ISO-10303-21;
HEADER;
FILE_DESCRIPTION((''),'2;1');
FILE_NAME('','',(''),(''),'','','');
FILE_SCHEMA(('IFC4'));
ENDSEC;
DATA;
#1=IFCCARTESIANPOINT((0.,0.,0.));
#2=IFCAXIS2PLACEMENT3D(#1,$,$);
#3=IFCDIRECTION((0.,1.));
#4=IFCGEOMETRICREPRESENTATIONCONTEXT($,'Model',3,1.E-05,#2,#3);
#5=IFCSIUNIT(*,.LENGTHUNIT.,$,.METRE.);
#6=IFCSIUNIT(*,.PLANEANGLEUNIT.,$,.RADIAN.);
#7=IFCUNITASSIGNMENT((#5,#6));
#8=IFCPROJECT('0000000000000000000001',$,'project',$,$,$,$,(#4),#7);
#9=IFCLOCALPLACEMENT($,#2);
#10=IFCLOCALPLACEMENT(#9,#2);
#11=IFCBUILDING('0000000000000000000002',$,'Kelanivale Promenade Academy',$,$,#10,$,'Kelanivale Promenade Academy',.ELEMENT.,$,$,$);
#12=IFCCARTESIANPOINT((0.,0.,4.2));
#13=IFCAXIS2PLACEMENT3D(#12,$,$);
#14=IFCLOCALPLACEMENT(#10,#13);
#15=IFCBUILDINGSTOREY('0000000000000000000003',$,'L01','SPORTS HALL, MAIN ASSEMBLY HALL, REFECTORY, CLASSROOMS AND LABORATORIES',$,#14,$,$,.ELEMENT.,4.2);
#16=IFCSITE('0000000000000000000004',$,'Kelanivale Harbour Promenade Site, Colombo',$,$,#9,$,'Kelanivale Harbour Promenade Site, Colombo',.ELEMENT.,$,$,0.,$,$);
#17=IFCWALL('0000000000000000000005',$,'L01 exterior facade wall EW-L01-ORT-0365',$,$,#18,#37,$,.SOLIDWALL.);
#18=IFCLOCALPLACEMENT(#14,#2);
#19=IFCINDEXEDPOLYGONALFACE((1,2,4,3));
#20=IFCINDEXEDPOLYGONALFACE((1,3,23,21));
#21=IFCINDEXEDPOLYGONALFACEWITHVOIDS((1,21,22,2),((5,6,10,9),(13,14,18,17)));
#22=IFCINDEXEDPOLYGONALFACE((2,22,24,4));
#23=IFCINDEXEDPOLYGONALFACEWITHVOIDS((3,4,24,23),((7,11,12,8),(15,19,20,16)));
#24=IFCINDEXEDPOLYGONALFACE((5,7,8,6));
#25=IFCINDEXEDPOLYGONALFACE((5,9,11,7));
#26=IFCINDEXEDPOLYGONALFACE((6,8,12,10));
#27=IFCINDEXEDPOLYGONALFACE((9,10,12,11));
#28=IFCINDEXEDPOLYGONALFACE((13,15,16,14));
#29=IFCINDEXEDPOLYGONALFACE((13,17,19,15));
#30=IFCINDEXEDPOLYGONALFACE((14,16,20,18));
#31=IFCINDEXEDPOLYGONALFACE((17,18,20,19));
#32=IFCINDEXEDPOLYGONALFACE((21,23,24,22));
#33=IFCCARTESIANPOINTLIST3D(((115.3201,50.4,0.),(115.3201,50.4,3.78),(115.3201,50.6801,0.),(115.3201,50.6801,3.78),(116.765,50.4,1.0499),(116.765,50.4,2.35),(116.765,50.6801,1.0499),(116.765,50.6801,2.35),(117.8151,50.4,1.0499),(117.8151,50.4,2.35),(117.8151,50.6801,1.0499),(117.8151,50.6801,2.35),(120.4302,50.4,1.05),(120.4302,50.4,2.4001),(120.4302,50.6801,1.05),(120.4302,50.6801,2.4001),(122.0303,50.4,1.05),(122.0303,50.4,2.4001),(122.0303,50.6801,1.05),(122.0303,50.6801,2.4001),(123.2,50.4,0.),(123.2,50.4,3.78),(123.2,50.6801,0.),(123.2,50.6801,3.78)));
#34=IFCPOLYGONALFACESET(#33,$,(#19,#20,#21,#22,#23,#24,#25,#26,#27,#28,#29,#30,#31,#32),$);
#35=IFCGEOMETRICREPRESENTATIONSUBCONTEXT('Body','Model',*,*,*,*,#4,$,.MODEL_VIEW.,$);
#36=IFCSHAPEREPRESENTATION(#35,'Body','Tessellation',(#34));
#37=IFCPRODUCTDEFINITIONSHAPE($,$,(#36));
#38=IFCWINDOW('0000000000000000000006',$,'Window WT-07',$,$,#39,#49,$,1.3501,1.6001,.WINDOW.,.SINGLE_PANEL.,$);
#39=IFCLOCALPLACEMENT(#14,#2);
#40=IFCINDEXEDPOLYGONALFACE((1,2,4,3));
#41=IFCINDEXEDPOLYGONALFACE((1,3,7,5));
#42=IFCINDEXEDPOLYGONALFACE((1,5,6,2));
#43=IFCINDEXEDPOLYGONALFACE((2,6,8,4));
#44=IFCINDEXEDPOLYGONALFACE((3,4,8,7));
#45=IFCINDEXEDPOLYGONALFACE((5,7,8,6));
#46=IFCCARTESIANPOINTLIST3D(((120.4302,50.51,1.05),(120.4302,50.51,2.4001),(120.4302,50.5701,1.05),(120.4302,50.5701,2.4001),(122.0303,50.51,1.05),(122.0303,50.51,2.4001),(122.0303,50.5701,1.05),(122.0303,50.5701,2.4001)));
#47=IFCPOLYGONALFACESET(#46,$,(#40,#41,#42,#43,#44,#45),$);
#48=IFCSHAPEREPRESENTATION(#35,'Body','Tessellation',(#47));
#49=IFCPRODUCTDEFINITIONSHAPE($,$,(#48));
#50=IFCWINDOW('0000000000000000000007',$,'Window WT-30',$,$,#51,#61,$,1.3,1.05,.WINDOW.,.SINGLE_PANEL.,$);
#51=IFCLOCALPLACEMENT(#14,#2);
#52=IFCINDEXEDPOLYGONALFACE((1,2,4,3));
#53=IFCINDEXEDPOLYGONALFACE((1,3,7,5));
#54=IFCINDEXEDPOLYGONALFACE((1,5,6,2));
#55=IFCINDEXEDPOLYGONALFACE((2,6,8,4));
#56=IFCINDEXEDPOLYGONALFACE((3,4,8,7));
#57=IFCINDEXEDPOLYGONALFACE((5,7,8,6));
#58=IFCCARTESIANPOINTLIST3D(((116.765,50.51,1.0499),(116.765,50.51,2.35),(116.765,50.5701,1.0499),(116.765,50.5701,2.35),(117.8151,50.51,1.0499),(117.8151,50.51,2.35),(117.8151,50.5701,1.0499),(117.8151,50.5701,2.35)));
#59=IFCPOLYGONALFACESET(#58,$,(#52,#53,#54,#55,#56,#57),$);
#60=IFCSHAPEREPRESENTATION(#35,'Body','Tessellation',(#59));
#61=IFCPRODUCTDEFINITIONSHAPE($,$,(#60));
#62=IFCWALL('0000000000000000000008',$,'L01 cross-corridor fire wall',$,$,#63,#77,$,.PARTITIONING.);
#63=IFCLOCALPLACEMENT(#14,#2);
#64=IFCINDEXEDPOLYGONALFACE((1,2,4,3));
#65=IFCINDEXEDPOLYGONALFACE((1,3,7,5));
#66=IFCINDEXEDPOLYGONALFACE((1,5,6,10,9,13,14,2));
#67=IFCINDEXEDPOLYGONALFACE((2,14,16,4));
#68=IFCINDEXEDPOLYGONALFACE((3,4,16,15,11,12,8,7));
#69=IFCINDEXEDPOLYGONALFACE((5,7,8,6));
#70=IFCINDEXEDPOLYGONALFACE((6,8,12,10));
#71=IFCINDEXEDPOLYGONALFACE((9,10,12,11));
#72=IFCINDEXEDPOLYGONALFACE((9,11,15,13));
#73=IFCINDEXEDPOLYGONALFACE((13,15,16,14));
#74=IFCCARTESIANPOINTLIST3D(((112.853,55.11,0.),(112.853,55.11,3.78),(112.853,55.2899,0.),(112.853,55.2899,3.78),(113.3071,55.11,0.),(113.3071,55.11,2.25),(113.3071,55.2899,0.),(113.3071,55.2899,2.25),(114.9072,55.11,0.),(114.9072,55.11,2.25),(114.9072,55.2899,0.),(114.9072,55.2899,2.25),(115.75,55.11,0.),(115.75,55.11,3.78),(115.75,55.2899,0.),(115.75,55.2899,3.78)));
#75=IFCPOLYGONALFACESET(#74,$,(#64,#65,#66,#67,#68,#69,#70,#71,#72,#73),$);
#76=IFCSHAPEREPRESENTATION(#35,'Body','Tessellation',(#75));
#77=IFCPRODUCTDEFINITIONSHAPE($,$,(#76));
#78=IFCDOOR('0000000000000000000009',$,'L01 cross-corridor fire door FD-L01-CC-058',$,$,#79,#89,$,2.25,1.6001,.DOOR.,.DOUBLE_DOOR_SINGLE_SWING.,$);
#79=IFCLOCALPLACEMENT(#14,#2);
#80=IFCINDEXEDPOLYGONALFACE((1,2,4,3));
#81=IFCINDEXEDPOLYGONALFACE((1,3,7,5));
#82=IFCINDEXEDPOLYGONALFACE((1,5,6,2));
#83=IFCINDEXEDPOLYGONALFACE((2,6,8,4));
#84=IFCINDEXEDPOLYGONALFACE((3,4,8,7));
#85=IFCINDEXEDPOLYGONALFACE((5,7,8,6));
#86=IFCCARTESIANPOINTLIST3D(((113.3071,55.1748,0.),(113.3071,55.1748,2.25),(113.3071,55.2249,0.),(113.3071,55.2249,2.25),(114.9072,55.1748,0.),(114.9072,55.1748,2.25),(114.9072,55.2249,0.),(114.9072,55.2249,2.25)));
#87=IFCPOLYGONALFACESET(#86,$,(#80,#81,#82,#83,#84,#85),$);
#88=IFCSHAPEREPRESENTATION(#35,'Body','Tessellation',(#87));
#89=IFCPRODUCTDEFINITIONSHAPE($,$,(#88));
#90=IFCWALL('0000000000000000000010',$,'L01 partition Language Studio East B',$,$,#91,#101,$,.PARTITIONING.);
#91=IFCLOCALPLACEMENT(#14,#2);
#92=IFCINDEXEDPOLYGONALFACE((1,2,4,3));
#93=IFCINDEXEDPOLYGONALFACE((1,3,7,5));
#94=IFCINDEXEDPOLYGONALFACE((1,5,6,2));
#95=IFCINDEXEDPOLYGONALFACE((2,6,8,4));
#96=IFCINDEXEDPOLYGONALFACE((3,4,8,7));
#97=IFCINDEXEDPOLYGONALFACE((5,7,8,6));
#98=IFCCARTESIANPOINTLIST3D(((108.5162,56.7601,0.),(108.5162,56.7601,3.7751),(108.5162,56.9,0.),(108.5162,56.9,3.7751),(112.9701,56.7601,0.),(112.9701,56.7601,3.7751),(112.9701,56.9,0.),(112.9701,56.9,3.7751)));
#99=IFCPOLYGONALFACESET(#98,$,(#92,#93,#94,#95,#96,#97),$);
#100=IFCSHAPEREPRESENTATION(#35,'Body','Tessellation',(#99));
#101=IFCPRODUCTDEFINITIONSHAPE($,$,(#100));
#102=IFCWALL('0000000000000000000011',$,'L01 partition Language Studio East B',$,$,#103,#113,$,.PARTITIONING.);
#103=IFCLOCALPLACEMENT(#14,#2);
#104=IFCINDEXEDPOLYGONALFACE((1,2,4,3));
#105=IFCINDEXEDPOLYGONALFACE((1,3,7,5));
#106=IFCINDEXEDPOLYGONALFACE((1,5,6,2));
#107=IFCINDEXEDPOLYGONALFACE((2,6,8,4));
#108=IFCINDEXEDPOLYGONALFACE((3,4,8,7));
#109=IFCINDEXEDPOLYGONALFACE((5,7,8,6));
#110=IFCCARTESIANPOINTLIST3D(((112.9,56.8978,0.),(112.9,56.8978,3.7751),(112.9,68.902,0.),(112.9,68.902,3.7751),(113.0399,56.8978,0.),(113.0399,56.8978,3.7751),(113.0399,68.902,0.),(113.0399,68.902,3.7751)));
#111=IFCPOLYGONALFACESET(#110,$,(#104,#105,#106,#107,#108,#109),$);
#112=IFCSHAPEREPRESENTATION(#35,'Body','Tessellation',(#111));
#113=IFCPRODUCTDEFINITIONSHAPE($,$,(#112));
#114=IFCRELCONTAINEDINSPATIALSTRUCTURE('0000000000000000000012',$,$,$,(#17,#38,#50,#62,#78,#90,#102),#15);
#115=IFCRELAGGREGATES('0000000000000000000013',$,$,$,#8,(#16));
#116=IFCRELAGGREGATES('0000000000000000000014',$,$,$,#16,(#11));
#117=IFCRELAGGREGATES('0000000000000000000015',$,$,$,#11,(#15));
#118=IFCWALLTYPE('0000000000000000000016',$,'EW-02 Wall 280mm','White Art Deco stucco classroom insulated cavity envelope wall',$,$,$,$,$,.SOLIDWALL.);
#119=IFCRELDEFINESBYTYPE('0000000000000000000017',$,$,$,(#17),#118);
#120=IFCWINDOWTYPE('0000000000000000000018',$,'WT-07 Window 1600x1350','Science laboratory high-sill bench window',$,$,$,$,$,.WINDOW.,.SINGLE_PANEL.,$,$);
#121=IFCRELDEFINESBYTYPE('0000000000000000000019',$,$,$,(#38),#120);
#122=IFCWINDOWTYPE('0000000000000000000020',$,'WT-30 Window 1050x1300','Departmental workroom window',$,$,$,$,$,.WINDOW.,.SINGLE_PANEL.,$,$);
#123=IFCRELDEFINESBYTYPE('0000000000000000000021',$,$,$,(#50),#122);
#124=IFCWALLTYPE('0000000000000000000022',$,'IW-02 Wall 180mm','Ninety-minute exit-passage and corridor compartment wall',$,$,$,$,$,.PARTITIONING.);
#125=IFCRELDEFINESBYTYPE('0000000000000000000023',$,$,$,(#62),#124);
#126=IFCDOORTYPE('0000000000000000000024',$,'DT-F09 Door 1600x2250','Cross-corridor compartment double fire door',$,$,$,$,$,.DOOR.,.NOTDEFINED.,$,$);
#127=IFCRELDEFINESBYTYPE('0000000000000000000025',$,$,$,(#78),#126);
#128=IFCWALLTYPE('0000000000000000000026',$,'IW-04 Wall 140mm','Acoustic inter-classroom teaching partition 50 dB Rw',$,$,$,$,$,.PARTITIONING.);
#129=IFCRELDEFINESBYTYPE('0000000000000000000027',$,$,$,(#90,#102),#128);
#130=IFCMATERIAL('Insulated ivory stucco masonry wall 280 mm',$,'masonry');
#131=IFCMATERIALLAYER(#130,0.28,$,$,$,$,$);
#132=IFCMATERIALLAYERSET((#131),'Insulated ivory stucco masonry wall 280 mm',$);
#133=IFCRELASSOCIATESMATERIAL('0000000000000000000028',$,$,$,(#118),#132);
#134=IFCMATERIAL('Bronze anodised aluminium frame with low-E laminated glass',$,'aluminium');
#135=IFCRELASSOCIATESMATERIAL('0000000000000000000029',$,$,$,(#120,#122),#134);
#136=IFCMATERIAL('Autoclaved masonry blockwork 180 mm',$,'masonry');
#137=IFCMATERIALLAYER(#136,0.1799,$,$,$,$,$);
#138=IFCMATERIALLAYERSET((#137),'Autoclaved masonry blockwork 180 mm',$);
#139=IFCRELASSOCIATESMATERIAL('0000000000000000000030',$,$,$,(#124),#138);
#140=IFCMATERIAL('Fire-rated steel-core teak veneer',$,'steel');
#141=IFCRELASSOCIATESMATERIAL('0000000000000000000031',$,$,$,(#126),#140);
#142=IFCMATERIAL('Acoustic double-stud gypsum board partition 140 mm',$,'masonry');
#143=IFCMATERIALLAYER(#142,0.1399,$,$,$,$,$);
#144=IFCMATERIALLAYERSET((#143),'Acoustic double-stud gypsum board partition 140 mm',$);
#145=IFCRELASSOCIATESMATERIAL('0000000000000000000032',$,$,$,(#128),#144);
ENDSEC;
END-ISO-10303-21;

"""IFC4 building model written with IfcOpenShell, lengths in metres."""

from ifc_helpers import new_model, si_unit, direction, frame, frame_2d, origin, place, context, subcontext, project, spatial, rectangle, extrude, material, layer, layer_set, type_object, element, fill, save


model = new_model("IFC4")

# Units and contexts
model_context = context("Model", 3, precision=1e-05, world=origin(), true_north=direction((0.0, 1.0)))
body_context = subcontext(model_context, "Body", "Model", "MODEL_VIEW")
ifc_project = project(units=[si_unit("LENGTHUNIT", "METRE"), si_unit("PLANEANGLEUNIT", "RADIAN")], contexts=[model_context])

# Site, building, storey
site_placement = place(None, origin())
site = spatial("IfcSite", under=ifc_project, at=site_placement, Name="Kelanivale Harbour Promenade Site, Colombo", LongName="Kelanivale Harbour Promenade Site, Colombo", CompositionType="ELEMENT", RefElevation=0.0)
building_placement = place(site_placement, origin())
building = spatial("IfcBuilding", under=site, at=building_placement, Name="Kelanivale Promenade Academy", LongName="Kelanivale Promenade Academy", CompositionType="ELEMENT")
storey_placement = place(building_placement, frame((0.0, 0.0, 4.2)))
storey = spatial("IfcBuildingStorey", under=building, at=storey_placement, Name="L01", Description="SPORTS HALL, MAIN ASSEMBLY HALL, REFECTORY, CLASSROOMS AND LABORATORIES", CompositionType="ELEMENT", Elevation=4.2)

# Wall, openings, windows
ifc_material_1 = material(Name="Insulated ivory stucco masonry wall 280 mm", Category="masonry")
ifc_layer_1 = layer(ifc_material_1, 0.28)
ifc_layer_set_1 = layer_set([ifc_layer_1], Name="Insulated ivory stucco masonry wall 280 mm")
wall_type_1 = type_object("IfcWallType", Name="EW-02 Wall 280mm", Description="White Art Deco stucco classroom insulated cavity envelope wall", PredefinedType="SOLIDWALL", material=ifc_layer_set_1)
wall_1_placement = place(storey_placement, frame((115.3201, 50.54, 0.0), z_axis=(0.0, 0.0, 1.0), x_axis=(1.0, 0.0, 0.0)))
wall_1 = element("IfcWall", 1, at=wall_1_placement, inside=storey, type_object=wall_type_1, Name="L01 exterior facade wall EW-L01-ORT-0365", PredefinedType="SOLIDWALL", context=body_context, shape_type="SweptSolid", body=[
    extrude(rectangle(XDim=7.8799, YDim=0.28, at=frame_2d((3.9399, 0.0))), origin(), (0.0, 0.0, 1.0), 3.78),
])
opening_1_placement = place(wall_1_placement, frame((1.4451, 0.0, 1.05)))
opening_1 = element("IfcOpeningElement", 2, at=opening_1_placement, cuts=wall_1, PredefinedType="OPENING", context=body_context, shape_type="SweptSolid", body=[
    extrude(rectangle(XDim=1.05, YDim=1.3, at=frame_2d((0.5249, 0.6499))), frame((0.0, 0.1499, 0.0), z_axis=(0.0, -1.0, 0.0), x_axis=(1.0, 0.0, 0.0)), (0.0, 0.0, 1.0), 0.3),
])
opening_2_placement = place(wall_1_placement, frame((5.1101, 0.0, 1.05)))
opening_2 = element("IfcOpeningElement", 3, at=opening_2_placement, cuts=wall_1, PredefinedType="OPENING", context=body_context, shape_type="SweptSolid", body=[
    extrude(rectangle(XDim=1.6001, YDim=1.3501, at=frame_2d((0.8, 0.675))), frame((0.0, 0.1499, 0.0), z_axis=(0.0, -1.0, 0.0), x_axis=(1.0, 0.0, 0.0)), (0.0, 0.0, 1.0), 0.3),
])
ifc_material_2 = material(Name="Bronze anodised aluminium frame with low-E laminated glass", Category="aluminium")
window_type_1 = type_object("IfcWindowType", Name="WT-07 Window 1600x1350", Description="Science laboratory high-sill bench window", PartitioningType="SINGLE_PANEL", PredefinedType="WINDOW", material=ifc_material_2)
window_1_placement = place(opening_2_placement, origin())
window_1 = element("IfcWindow", 4, at=window_1_placement, inside=storey, type_object=window_type_1, Name="Window WT-07", OverallHeight=1.3501, OverallWidth=1.6001, PartitioningType="SINGLE_PANEL", PredefinedType="WINDOW", context=body_context, shape_type="SweptSolid", body=[
    extrude(rectangle(XDim=1.6001, YDim=1.3501, at=frame_2d((0.8, 0.675))), frame((0.0, 0.03, 0.0), z_axis=(0.0, -1.0, 0.0), x_axis=(1.0, 0.0, 0.0)), (0.0, 0.0, 1.0), 0.0601),
])
fill(opening_2, window_1)
window_type_2 = type_object("IfcWindowType", Name="WT-30 Window 1050x1300", Description="Departmental workroom window", PartitioningType="SINGLE_PANEL", PredefinedType="WINDOW", material=ifc_material_2)
window_2_placement = place(opening_1_placement, origin())
window_2 = element("IfcWindow", 5, at=window_2_placement, inside=storey, type_object=window_type_2, Name="Window WT-30", OverallHeight=1.3, OverallWidth=1.05, PartitioningType="SINGLE_PANEL", PredefinedType="WINDOW", context=body_context, shape_type="SweptSolid", body=[
    extrude(rectangle(XDim=1.05, YDim=1.3, at=frame_2d((0.5249, 0.6499))), frame((0.0, 0.03, 0.0), z_axis=(0.0, -1.0, 0.0), x_axis=(1.0, 0.0, 0.0)), (0.0, 0.0, 1.0), 0.0601),
])
fill(opening_1, window_2)

# Wall, opening, door
ifc_material_3 = material(Name="Autoclaved masonry blockwork 180 mm", Category="masonry")
ifc_layer_2 = layer(ifc_material_3, 0.1799)
ifc_layer_set_2 = layer_set([ifc_layer_2], Name="Autoclaved masonry blockwork 180 mm")
wall_type_2 = type_object("IfcWallType", Name="IW-02 Wall 180mm", Description="Ninety-minute exit-passage and corridor compartment wall", PredefinedType="PARTITIONING", material=ifc_layer_set_2)
wall_2_placement = place(storey_placement, frame((112.853, 55.2, 0.0), z_axis=(0.0, 0.0, 1.0), x_axis=(1.0, 0.0, 0.0)))
wall_2 = element("IfcWall", 6, at=wall_2_placement, inside=storey, type_object=wall_type_2, Name="L01 cross-corridor fire wall", PredefinedType="PARTITIONING", context=body_context, shape_type="SweptSolid", body=[
    extrude(rectangle(XDim=2.897, YDim=0.1799, at=frame_2d((1.4485, 0.0))), origin(), (0.0, 0.0, 1.0), 3.78),
])
opening_3_placement = place(wall_2_placement, frame((0.4541, 0.0, 0.0)))
opening_3 = element("IfcOpeningElement", 7, at=opening_3_placement, cuts=wall_2, PredefinedType="OPENING", context=body_context, shape_type="SweptSolid", body=[
    extrude(rectangle(XDim=1.6001, YDim=2.25, at=frame_2d((0.8, 1.125))), frame((0.0, 0.1001, 0.0), z_axis=(0.0, -1.0, 0.0), x_axis=(1.0, 0.0, 0.0)), (0.0, 0.0, 1.0), 0.2),
])
ifc_material_4 = material(Name="Fire-rated steel-core teak veneer", Category="steel")
door_type = type_object("IfcDoorType", Name="DT-F09 Door 1600x2250", Description="Cross-corridor compartment double fire door", OperationType="NOTDEFINED", PredefinedType="DOOR", material=ifc_material_4)
door_placement = place(opening_3_placement, origin())
door = element("IfcDoor", 8, at=door_placement, inside=storey, type_object=door_type, Name="L01 cross-corridor fire door FD-L01-CC-058", OperationType="DOUBLE_DOOR_SINGLE_SWING", OverallHeight=2.25, OverallWidth=1.6001, PredefinedType="DOOR", context=body_context, shape_type="SweptSolid", body=[
    extrude(rectangle(XDim=1.6001, YDim=2.25, at=frame_2d((0.8, 1.125))), frame((0.0, 0.0249, 0.0), z_axis=(0.0, -1.0, 0.0), x_axis=(1.0, 0.0, 0.0)), (0.0, 0.0, 1.0), 0.05),
])
fill(opening_3, door)

# Walls
ifc_material_5 = material(Name="Acoustic double-stud gypsum board partition 140 mm", Category="masonry")
ifc_layer_3 = layer(ifc_material_5, 0.1399)
ifc_layer_set_3 = layer_set([ifc_layer_3], Name="Acoustic double-stud gypsum board partition 140 mm")
wall_type_3 = type_object("IfcWallType", Name="IW-04 Wall 140mm", Description="Acoustic inter-classroom teaching partition 50 dB Rw", PredefinedType="PARTITIONING", material=ifc_layer_set_3)
wall_3_placement = place(storey_placement, frame((108.5161, 56.8301, 0.0), z_axis=(0.0, 0.0, 1.0), x_axis=(1.0, 0.0, 0.0)))
element("IfcWall", 9, at=wall_3_placement, inside=storey, type_object=wall_type_3, Name="L01 partition Language Studio East B", PredefinedType="PARTITIONING", context=body_context, shape_type="SweptSolid", body=[
    extrude(rectangle(XDim=4.4539, YDim=0.1399, at=frame_2d((2.2271, 0.0))), origin(), (0.0, 0.0, 1.0), 3.7751),
])
wall_4_placement = place(storey_placement, frame((112.97, 56.8979, 0.0), z_axis=(0.0, 0.0, 1.0), x_axis=(0.0, 1.0, 0.0)))
element("IfcWall", 10, at=wall_4_placement, inside=storey, type_object=wall_type_3, Name="L01 partition Language Studio East B", PredefinedType="PARTITIONING", context=body_context, shape_type="SweptSolid", body=[
    extrude(rectangle(XDim=12.0042, YDim=0.1399, at=frame_2d((6.002, 0.0))), origin(), (0.0, 0.0, 1.0), 3.7751),
])

save(model, "model.ifc")
